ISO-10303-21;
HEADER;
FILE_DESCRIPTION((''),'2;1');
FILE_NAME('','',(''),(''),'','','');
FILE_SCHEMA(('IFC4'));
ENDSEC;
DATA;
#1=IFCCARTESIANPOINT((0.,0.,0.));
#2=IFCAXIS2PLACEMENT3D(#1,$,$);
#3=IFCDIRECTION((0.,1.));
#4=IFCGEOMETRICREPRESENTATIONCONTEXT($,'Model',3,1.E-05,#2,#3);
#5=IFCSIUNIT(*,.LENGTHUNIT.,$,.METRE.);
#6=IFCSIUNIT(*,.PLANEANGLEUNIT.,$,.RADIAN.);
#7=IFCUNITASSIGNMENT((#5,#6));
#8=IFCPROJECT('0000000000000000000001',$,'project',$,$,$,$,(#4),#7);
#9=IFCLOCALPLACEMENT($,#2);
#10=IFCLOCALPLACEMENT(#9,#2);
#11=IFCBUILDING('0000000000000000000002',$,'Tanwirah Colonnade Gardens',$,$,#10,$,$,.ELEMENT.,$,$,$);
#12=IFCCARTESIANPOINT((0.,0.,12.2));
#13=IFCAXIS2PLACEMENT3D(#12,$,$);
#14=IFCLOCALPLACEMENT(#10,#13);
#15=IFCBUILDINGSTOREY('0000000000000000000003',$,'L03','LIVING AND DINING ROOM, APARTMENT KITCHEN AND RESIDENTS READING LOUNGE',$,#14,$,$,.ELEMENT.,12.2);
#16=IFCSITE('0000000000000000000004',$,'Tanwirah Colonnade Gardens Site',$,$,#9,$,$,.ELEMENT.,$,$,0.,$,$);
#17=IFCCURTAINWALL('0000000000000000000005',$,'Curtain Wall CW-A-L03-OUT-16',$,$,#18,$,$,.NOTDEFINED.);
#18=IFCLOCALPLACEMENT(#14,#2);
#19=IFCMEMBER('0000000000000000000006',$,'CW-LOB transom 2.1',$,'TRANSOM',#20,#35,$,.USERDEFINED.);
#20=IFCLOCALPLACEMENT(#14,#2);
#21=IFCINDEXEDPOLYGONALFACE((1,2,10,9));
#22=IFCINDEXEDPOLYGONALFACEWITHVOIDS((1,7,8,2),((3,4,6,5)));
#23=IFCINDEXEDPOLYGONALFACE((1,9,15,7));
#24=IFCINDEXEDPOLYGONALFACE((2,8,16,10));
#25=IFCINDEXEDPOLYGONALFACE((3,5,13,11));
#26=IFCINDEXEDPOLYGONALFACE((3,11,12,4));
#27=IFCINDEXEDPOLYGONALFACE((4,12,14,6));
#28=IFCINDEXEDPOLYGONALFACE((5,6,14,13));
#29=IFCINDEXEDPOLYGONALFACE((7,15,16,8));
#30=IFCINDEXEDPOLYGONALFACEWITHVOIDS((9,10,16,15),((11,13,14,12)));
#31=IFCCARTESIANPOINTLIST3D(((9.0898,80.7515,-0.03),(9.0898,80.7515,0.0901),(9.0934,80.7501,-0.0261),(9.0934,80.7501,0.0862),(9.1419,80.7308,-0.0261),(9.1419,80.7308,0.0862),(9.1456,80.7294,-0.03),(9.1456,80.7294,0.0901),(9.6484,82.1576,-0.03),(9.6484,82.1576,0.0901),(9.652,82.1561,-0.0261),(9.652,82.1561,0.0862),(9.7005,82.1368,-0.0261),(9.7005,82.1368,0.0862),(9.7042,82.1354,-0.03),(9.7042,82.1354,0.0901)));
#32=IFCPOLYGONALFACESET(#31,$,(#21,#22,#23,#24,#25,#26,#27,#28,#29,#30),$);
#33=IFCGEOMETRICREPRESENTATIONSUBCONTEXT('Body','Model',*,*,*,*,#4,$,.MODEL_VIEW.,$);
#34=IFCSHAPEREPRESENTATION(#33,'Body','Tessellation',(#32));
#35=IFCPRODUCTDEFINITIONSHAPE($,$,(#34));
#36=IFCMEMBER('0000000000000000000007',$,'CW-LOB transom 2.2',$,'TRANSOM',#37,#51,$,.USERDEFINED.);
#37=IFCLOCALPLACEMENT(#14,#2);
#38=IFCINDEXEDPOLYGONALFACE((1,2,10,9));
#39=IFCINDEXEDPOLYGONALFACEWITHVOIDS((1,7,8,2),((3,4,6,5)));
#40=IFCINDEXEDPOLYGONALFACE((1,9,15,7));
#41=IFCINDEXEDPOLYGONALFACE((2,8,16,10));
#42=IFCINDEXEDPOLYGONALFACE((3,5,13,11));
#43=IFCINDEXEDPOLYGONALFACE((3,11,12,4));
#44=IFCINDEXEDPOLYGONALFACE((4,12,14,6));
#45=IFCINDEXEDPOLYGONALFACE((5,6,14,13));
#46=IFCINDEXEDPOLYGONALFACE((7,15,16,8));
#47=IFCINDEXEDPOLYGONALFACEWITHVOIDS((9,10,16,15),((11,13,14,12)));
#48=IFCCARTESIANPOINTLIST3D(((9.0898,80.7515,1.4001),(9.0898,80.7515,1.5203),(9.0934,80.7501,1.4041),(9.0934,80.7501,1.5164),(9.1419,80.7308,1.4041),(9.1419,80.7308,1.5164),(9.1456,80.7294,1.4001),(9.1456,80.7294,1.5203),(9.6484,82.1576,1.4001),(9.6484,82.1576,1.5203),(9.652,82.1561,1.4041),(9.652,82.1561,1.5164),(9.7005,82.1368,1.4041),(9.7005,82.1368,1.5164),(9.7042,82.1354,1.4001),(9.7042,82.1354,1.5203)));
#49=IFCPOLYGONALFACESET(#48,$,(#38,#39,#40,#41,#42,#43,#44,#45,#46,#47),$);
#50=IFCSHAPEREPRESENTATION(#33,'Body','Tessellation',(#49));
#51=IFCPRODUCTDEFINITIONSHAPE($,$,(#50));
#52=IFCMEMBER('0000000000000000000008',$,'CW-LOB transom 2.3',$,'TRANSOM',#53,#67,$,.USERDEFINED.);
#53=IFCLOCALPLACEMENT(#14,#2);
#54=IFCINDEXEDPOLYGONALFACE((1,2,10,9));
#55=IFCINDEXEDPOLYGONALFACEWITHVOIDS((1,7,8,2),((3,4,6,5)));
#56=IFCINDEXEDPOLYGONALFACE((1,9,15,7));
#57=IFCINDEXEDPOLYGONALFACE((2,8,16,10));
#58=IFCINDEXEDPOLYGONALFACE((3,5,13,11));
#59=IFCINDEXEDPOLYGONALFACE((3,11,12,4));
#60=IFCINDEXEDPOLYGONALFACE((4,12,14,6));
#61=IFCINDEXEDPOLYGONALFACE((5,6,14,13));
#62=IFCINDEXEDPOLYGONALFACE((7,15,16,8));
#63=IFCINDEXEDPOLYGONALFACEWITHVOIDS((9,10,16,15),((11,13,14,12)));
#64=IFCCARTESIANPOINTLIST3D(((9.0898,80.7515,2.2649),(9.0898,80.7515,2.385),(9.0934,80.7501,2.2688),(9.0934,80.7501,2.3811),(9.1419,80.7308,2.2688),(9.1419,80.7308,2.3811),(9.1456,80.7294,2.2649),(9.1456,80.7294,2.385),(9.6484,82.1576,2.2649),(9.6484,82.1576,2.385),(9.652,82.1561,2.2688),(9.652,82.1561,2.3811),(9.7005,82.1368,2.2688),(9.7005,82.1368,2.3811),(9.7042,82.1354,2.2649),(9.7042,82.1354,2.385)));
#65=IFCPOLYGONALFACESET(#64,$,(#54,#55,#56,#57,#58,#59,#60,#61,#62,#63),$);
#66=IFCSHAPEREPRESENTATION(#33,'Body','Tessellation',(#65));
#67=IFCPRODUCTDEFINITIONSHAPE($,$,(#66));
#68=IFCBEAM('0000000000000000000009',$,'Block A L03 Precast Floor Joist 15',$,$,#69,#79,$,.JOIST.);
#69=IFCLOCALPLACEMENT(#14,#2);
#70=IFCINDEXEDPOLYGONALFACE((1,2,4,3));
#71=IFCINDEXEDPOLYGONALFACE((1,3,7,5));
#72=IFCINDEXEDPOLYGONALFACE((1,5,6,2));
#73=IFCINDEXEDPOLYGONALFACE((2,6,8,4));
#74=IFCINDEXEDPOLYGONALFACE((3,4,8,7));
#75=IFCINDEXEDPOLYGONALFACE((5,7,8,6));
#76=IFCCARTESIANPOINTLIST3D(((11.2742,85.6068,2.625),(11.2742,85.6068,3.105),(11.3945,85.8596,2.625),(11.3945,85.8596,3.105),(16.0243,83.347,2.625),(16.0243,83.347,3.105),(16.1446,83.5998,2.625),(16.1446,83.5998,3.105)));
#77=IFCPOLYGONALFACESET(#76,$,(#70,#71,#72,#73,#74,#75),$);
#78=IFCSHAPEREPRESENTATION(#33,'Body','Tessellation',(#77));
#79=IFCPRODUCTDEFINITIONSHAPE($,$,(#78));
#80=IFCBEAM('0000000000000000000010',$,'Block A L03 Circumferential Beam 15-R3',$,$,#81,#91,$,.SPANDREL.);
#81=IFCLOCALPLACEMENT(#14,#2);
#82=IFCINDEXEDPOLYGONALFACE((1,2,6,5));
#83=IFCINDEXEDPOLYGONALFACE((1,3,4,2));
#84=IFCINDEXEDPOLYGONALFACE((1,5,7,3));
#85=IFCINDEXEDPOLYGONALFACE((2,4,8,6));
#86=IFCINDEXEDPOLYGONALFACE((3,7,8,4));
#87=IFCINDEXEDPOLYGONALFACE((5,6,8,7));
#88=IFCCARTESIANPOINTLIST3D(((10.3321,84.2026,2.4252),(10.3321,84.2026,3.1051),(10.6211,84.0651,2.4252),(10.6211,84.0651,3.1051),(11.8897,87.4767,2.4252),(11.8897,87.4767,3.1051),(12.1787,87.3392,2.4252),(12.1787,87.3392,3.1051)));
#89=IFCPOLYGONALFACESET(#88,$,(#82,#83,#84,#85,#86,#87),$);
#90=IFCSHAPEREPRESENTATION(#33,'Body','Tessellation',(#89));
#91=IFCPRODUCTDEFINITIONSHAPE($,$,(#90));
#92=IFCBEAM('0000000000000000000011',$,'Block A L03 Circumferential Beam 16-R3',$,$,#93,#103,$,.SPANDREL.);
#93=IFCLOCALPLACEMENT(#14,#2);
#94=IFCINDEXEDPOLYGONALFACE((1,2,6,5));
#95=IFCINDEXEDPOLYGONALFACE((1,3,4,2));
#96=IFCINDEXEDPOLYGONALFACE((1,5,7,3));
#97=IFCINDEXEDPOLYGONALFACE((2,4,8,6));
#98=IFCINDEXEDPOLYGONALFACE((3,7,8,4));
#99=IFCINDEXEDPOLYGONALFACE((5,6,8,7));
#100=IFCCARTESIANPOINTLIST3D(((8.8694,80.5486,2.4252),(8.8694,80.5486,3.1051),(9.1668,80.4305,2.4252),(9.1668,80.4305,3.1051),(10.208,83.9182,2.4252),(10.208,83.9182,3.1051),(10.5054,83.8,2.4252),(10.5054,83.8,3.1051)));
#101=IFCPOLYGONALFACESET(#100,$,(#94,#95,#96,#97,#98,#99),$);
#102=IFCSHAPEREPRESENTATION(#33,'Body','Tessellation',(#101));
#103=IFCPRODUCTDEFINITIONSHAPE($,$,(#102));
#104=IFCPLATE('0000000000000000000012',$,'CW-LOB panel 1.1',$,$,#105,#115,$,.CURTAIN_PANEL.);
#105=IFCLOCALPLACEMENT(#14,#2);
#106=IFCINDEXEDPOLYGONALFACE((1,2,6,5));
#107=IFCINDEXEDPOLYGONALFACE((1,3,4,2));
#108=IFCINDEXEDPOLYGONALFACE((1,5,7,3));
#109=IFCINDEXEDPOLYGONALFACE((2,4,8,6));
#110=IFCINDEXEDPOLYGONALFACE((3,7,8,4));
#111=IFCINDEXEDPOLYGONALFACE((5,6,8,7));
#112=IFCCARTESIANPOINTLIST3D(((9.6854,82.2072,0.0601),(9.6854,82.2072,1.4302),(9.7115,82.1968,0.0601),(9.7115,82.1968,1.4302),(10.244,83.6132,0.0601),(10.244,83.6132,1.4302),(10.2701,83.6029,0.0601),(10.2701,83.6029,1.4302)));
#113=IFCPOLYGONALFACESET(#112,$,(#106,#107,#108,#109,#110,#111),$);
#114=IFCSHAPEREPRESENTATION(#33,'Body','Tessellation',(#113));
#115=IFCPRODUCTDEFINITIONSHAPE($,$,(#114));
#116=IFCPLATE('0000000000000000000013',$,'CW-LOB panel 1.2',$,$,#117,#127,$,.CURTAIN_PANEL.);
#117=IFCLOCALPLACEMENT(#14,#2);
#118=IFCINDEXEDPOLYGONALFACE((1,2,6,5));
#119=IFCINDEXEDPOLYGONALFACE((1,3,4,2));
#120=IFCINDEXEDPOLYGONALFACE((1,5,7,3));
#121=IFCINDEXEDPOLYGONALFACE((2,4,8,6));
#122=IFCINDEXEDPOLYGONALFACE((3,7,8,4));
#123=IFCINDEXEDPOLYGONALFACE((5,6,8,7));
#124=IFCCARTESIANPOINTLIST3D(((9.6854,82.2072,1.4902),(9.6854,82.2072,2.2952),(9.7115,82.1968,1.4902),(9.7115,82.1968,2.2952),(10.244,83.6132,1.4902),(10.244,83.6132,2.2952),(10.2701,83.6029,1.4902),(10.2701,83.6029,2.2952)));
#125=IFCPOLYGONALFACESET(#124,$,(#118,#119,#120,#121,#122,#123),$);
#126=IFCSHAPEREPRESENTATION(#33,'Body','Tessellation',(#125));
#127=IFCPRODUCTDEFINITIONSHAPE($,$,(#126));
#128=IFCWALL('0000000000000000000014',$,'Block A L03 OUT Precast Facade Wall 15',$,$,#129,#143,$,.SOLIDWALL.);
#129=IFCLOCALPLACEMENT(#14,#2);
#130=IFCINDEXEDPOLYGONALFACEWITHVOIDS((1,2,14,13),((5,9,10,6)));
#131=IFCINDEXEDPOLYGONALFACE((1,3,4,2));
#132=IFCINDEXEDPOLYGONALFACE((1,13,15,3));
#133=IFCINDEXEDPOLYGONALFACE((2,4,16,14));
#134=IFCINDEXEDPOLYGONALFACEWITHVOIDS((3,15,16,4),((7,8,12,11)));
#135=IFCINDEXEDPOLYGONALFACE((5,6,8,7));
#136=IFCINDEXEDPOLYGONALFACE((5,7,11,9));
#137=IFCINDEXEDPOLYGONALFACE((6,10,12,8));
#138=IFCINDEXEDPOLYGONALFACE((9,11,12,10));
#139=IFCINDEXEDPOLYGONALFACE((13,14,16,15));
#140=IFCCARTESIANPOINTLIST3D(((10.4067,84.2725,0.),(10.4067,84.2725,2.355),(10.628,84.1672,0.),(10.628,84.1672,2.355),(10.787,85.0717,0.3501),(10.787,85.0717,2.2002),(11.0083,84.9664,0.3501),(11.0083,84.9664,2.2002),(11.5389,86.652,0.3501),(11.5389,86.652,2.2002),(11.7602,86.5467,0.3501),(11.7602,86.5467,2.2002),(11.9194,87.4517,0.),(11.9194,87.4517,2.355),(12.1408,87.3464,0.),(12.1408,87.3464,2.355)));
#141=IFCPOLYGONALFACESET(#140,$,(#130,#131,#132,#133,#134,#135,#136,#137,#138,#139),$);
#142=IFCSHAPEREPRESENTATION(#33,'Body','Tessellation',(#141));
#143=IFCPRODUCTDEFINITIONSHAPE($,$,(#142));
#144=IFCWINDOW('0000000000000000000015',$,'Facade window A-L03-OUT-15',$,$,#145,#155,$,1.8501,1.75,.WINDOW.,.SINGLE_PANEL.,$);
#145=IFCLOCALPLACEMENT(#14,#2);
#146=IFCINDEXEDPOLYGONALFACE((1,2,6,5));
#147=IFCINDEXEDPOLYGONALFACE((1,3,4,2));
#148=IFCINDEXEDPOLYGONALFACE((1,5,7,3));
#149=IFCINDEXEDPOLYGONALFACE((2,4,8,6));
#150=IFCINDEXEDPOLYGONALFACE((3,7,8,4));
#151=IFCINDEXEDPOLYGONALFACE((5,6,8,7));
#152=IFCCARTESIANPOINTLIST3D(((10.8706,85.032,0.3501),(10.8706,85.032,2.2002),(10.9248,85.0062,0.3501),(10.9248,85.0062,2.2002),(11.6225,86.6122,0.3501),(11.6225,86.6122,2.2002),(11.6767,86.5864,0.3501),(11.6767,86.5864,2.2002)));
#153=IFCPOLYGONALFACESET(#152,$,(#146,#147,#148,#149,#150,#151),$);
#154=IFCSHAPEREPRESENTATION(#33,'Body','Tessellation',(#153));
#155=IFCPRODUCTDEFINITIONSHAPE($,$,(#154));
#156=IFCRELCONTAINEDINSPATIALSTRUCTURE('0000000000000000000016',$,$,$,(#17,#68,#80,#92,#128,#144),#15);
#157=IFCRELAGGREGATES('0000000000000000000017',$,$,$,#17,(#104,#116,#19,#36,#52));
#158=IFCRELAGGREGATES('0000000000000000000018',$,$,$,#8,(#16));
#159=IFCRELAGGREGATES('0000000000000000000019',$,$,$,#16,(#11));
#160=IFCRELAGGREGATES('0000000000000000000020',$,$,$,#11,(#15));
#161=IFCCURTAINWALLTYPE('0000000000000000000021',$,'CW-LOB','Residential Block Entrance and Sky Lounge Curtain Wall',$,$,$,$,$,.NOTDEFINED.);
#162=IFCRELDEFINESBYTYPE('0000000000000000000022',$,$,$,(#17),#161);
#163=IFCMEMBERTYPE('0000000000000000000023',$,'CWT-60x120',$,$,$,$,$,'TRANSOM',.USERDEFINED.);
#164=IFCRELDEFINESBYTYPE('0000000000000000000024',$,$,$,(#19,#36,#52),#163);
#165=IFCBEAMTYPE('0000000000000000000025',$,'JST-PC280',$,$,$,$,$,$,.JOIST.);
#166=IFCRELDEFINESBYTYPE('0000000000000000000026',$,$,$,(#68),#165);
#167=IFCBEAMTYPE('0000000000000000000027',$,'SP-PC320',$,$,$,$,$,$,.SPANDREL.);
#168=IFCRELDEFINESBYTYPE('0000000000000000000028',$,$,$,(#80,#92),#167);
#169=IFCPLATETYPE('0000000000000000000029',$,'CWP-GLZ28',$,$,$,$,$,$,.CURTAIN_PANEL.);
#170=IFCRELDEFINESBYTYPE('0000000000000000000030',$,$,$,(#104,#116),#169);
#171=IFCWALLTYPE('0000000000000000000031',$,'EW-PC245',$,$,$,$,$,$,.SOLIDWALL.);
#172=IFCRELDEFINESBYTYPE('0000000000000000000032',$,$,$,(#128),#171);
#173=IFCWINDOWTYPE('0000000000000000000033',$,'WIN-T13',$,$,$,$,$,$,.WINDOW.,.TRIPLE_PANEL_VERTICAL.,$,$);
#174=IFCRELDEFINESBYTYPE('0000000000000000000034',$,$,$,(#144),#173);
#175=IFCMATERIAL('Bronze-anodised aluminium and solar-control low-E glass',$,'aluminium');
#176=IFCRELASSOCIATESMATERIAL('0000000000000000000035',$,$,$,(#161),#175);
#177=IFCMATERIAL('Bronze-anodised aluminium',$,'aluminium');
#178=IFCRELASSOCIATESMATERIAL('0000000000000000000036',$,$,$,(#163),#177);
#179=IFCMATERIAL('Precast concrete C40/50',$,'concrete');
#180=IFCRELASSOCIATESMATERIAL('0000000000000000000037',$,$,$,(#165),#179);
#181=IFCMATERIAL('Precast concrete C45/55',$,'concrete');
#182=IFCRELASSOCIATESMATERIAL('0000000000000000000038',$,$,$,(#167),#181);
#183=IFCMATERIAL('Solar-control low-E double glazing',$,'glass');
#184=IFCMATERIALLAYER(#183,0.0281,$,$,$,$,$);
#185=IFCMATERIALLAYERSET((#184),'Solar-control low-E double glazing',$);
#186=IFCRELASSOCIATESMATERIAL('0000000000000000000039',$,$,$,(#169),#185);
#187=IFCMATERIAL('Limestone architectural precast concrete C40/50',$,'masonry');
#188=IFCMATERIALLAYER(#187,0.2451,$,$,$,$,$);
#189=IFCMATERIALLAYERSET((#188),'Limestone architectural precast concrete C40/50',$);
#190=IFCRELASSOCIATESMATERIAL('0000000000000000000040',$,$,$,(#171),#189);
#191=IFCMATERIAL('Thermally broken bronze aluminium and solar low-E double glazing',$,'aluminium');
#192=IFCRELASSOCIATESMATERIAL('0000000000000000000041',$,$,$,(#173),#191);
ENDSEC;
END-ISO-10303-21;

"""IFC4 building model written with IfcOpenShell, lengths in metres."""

from ifc_helpers import new_model, si_unit, direction, frame, frame_2d, origin, origin_2d, place, context, subcontext, project, spatial, rectangle, hollow_rectangle, extrude, material, layer, layer_set, material_profile, profile_set, type_object, element, fill, aggregate, save


model = new_model("IFC4")

# Units and contexts
model_context = context("Model", 3, precision=1e-05, world=origin(), true_north=direction((0.0, 1.0)))
body_context = subcontext(model_context, "Body", "Model", "MODEL_VIEW")
ifc_project = project(units=[si_unit("LENGTHUNIT", "METRE"), si_unit("PLANEANGLEUNIT", "RADIAN")], contexts=[model_context])

# Site, building, storey
site_placement = place(None, origin())
site = spatial("IfcSite", under=ifc_project, at=site_placement, Name="Tanwirah Colonnade Gardens Site", CompositionType="ELEMENT", RefElevation=0.0)
building_placement = place(site_placement, origin())
building = spatial("IfcBuilding", under=site, at=building_placement, Name="Tanwirah Colonnade Gardens", CompositionType="ELEMENT")
storey_placement = place(building_placement, frame((0.0, 0.0, 12.2)))
storey = spatial("IfcBuildingStorey", under=building, at=storey_placement, Name="L03", Description="LIVING AND DINING ROOM, APARTMENT KITCHEN AND RESIDENTS READING LOUNGE", CompositionType="ELEMENT", Elevation=12.2)

# Shared definitions
ifc_material_1 = material(Name="Precast concrete C45/55", Category="concrete")
ifc_material_2 = material(Name="Precast concrete C40/50", Category="concrete")

# Shared definitions
ifc_material_3 = material(Name="Bronze-anodised aluminium and solar-control low-E glass", Category="aluminium")
curtain_wall_type = type_object("IfcCurtainWallType", Name="CW-LOB", Description="Residential Block Entrance and Sky Lounge Curtain Wall", PredefinedType="NOTDEFINED", material=ifc_material_3)
ifc_material_4 = material(Name="Bronze-anodised aluminium", Category="aluminium")

# Curtain wall, members
curtain_wall_1_placement = place(storey_placement, origin())
curtain_wall_1 = element("IfcCurtainWall", 1, at=curtain_wall_1_placement, inside=storey, type_object=curtain_wall_type, Name="Curtain Wall CW-A-L03-OUT-16", PredefinedType="NOTDEFINED")
ifc_material_profile_1 = material_profile(ifc_material_4, hollow_rectangle(XDim=0.0601, YDim=0.1201, WallThickness=0.0039, at=origin_2d()), Name="CW-TRN 60x120x4")
ifc_profile_set_1 = profile_set([ifc_material_profile_1], Name="Bronze-anodised aluminium")
member_type_1 = type_object("IfcMemberType", Name="CWT-60x120", ElementType="TRANSOM", PredefinedType="USERDEFINED", material=ifc_profile_set_1)
member_1_placement = place(storey_placement, frame((9.6763, 82.1465, 0.03), z_axis=(-0.369219, -0.929342, 0.0), x_axis=(0.929342, -0.369219, 0.0)))
member_1 = element("IfcMember", 2, at=member_1_placement, type_object=member_type_1, Name="CW-LOB transom 2.1", ObjectType="TRANSOM", PredefinedType="USERDEFINED", context=body_context, shape_type="SweptSolid", body=[
    extrude(hollow_rectangle(XDim=0.0601, YDim=0.1201, WallThickness=0.0039, at=origin_2d()), origin(), (0.0, 0.0, 1.0), 1.5129),
])
member_2_placement = place(storey_placement, frame((9.6763, 82.1465, 1.4602), z_axis=(-0.369219, -0.929342, 0.0), x_axis=(0.929342, -0.369219, 0.0)))
member_2 = element("IfcMember", 3, at=member_2_placement, type_object=member_type_1, Name="CW-LOB transom 2.2", ObjectType="TRANSOM", PredefinedType="USERDEFINED", context=body_context, shape_type="SweptSolid", body=[
    extrude(hollow_rectangle(XDim=0.0601, YDim=0.1201, WallThickness=0.0039, at=origin_2d()), origin(), (0.0, 0.0, 1.0), 1.5129),
])
member_3_placement = place(storey_placement, frame((9.6763, 82.1465, 2.325), z_axis=(-0.369219, -0.929342, 0.0), x_axis=(0.929342, -0.369219, 0.0)))
member_3 = element("IfcMember", 4, at=member_3_placement, type_object=member_type_1, Name="CW-LOB transom 2.3", ObjectType="TRANSOM", PredefinedType="USERDEFINED", context=body_context, shape_type="SweptSolid", body=[
    extrude(hollow_rectangle(XDim=0.0601, YDim=0.1201, WallThickness=0.0039, at=origin_2d()), origin(), (0.0, 0.0, 1.0), 1.5129),
])

# Beams
ifc_material_profile_2 = material_profile(ifc_material_2, rectangle(XDim=0.28, YDim=0.48, at=origin_2d()), Name="PC-JST 280x480")
ifc_profile_set_2 = profile_set([ifc_material_profile_2], Name="Precast concrete C40/50")
beam_type_1 = type_object("IfcBeamType", Name="JST-PC280", PredefinedType="JOIST", material=ifc_profile_set_2)
beam_1_placement = place(storey_placement, frame((16.0845, 83.4734, 2.865), z_axis=(-0.903018, 0.429602, 0.0), x_axis=(-0.429602, -0.903018, 0.0)))
element("IfcBeam", 5, at=beam_1_placement, inside=storey, type_object=beam_type_1, Name="Block A L03 Precast Floor Joist 15", PredefinedType="JOIST", context=body_context, shape_type="SweptSolid", body=[
    extrude(rectangle(XDim=0.28, YDim=0.48, at=origin_2d()), origin(), (0.0, 0.0, 1.0), 5.2603),
])
ifc_material_profile_3 = material_profile(ifc_material_1, rectangle(XDim=0.3201, YDim=0.6799, at=origin_2d()), Name="PC-SP 320x680")
ifc_profile_set_3 = profile_set([ifc_material_profile_3], Name="Precast concrete C45/55")
beam_type_2 = type_object("IfcBeamType", Name="SP-PC320", PredefinedType="SPANDREL", material=ifc_profile_set_3)
for number, where, z_axis, x_axis, name in (
    (6, (12.0342, 87.408, 2.7651), (-0.429594, -0.903022, 0.0), (0.903022, -0.429594, 0.0), "Block A L03 Circumferential Beam 15-R3"),
    (7, (10.3567, 83.8591, 2.7651), (-0.369195, -0.929352, 0.0), (0.929352, -0.369195, 0.0), "Block A L03 Circumferential Beam 16-R3"),
):
    element("IfcBeam", number, at=place(storey_placement, frame(where, z_axis=z_axis, x_axis=x_axis)), inside=storey, type_object=beam_type_2, Name=name, PredefinedType="SPANDREL", context=body_context, shape_type="SweptSolid", body=[
        extrude(rectangle(XDim=0.3201, YDim=0.6799, at=origin_2d()), origin(), (0.0, 0.0, 1.0), 3.6257),
    ])

# Plates
ifc_material_5 = material(Name="Solar-control low-E double glazing", Category="glass")
ifc_layer_1 = layer(ifc_material_5, 0.0281)
ifc_layer_set_1 = layer_set([ifc_layer_1], Name="Solar-control low-E double glazing")
plate_type = type_object("IfcPlateType", Name="CWP-GLZ28", PredefinedType="CURTAIN_PANEL", material=ifc_layer_set_1)
plate_1_placement = place(storey_placement, frame((9.9778, 82.905, 0.0601), z_axis=(0.0, 0.0, 1.0), x_axis=(-0.369208, -0.929347, 0.0)))
plate_1 = element("IfcPlate", 8, at=plate_1_placement, type_object=plate_type, Name="CW-LOB panel 1.1", PredefinedType="CURTAIN_PANEL", context=body_context, shape_type="SweptSolid", body=[
    extrude(rectangle(XDim=1.5129, YDim=0.0281, at=origin_2d()), origin(), (0.0, 0.0, 1.0), 1.3701),
])
plate_2_placement = place(storey_placement, frame((9.9778, 82.905, 1.4902), z_axis=(0.0, 0.0, 1.0), x_axis=(-0.369208, -0.929347, 0.0)))
plate_2 = element("IfcPlate", 9, at=plate_2_placement, type_object=plate_type, Name="CW-LOB panel 1.2", PredefinedType="CURTAIN_PANEL", context=body_context, shape_type="SweptSolid", body=[
    extrude(rectangle(XDim=1.5129, YDim=0.0281, at=origin_2d()), origin(), (0.0, 0.0, 1.0), 0.8049),
])
aggregate(curtain_wall_1, [plate_1, plate_2, member_1, member_2, member_3])

# Wall, opening, window
ifc_material_6 = material(Name="Limestone architectural precast concrete C40/50", Category="masonry")
ifc_layer_2 = layer(ifc_material_6, 0.2451)
ifc_layer_set_2 = layer_set([ifc_layer_2], Name="Limestone architectural precast concrete C40/50")
wall_type_1 = type_object("IfcWallType", Name="EW-PC245", PredefinedType="SOLIDWALL", material=ifc_layer_set_2)
wall_1_placement = place(storey_placement, frame((12.03, 87.3989, 0.0), z_axis=(0.0, 0.0, 1.0), x_axis=(-0.429654, -0.902994, 0.0)))
wall_1 = element("IfcWall", 10, at=wall_1_placement, inside=storey, type_object=wall_type_1, Name="Block A L03 OUT Precast Facade Wall 15", PredefinedType="SOLIDWALL", context=body_context, shape_type="SweptSolid", body=[
    extrude(rectangle(XDim=3.5208, YDim=0.2451, at=frame_2d((1.7603, 0.0))), origin(), (0.0, 0.0, 1.0), 2.355),
])
opening_1_placement = place(wall_1_placement, frame((0.8855, 0.0, 0.3501)))
opening_1 = element("IfcOpeningElement", 11, at=opening_1_placement, cuts=wall_1, PredefinedType="OPENING", context=body_context, shape_type="SweptSolid", body=[
    extrude(rectangle(XDim=1.75, YDim=1.8501, at=frame_2d((0.875, 0.925))), frame((0.0, 0.1326, 0.0), z_axis=(0.0, -1.0, 0.0), x_axis=(1.0, 0.0, 0.0)), (0.0, 0.0, 1.0), 0.2651),
])
ifc_material_7 = material(Name="Thermally broken bronze aluminium and solar low-E double glazing", Category="aluminium")
window_type = type_object("IfcWindowType", Name="WIN-T13", PartitioningType="TRIPLE_PANEL_VERTICAL", PredefinedType="WINDOW", material=ifc_material_7)
window_placement = place(opening_1_placement, origin())
window = element("IfcWindow", 12, at=window_placement, inside=storey, type_object=window_type, Name="Facade window A-L03-OUT-15", OverallHeight=1.8501, OverallWidth=1.75, PartitioningType="SINGLE_PANEL", PredefinedType="WINDOW", context=body_context, shape_type="SweptSolid", body=[
    extrude(rectangle(XDim=1.75, YDim=1.8501, at=frame_2d((0.875, 0.925))), frame((0.0, 0.03, 0.0), z_axis=(0.0, -1.0, 0.0), x_axis=(1.0, 0.0, 0.0)), (0.0, 0.0, 1.0), 0.0601),
])
fill(opening_1, window)

save(model, "model.ifc")
